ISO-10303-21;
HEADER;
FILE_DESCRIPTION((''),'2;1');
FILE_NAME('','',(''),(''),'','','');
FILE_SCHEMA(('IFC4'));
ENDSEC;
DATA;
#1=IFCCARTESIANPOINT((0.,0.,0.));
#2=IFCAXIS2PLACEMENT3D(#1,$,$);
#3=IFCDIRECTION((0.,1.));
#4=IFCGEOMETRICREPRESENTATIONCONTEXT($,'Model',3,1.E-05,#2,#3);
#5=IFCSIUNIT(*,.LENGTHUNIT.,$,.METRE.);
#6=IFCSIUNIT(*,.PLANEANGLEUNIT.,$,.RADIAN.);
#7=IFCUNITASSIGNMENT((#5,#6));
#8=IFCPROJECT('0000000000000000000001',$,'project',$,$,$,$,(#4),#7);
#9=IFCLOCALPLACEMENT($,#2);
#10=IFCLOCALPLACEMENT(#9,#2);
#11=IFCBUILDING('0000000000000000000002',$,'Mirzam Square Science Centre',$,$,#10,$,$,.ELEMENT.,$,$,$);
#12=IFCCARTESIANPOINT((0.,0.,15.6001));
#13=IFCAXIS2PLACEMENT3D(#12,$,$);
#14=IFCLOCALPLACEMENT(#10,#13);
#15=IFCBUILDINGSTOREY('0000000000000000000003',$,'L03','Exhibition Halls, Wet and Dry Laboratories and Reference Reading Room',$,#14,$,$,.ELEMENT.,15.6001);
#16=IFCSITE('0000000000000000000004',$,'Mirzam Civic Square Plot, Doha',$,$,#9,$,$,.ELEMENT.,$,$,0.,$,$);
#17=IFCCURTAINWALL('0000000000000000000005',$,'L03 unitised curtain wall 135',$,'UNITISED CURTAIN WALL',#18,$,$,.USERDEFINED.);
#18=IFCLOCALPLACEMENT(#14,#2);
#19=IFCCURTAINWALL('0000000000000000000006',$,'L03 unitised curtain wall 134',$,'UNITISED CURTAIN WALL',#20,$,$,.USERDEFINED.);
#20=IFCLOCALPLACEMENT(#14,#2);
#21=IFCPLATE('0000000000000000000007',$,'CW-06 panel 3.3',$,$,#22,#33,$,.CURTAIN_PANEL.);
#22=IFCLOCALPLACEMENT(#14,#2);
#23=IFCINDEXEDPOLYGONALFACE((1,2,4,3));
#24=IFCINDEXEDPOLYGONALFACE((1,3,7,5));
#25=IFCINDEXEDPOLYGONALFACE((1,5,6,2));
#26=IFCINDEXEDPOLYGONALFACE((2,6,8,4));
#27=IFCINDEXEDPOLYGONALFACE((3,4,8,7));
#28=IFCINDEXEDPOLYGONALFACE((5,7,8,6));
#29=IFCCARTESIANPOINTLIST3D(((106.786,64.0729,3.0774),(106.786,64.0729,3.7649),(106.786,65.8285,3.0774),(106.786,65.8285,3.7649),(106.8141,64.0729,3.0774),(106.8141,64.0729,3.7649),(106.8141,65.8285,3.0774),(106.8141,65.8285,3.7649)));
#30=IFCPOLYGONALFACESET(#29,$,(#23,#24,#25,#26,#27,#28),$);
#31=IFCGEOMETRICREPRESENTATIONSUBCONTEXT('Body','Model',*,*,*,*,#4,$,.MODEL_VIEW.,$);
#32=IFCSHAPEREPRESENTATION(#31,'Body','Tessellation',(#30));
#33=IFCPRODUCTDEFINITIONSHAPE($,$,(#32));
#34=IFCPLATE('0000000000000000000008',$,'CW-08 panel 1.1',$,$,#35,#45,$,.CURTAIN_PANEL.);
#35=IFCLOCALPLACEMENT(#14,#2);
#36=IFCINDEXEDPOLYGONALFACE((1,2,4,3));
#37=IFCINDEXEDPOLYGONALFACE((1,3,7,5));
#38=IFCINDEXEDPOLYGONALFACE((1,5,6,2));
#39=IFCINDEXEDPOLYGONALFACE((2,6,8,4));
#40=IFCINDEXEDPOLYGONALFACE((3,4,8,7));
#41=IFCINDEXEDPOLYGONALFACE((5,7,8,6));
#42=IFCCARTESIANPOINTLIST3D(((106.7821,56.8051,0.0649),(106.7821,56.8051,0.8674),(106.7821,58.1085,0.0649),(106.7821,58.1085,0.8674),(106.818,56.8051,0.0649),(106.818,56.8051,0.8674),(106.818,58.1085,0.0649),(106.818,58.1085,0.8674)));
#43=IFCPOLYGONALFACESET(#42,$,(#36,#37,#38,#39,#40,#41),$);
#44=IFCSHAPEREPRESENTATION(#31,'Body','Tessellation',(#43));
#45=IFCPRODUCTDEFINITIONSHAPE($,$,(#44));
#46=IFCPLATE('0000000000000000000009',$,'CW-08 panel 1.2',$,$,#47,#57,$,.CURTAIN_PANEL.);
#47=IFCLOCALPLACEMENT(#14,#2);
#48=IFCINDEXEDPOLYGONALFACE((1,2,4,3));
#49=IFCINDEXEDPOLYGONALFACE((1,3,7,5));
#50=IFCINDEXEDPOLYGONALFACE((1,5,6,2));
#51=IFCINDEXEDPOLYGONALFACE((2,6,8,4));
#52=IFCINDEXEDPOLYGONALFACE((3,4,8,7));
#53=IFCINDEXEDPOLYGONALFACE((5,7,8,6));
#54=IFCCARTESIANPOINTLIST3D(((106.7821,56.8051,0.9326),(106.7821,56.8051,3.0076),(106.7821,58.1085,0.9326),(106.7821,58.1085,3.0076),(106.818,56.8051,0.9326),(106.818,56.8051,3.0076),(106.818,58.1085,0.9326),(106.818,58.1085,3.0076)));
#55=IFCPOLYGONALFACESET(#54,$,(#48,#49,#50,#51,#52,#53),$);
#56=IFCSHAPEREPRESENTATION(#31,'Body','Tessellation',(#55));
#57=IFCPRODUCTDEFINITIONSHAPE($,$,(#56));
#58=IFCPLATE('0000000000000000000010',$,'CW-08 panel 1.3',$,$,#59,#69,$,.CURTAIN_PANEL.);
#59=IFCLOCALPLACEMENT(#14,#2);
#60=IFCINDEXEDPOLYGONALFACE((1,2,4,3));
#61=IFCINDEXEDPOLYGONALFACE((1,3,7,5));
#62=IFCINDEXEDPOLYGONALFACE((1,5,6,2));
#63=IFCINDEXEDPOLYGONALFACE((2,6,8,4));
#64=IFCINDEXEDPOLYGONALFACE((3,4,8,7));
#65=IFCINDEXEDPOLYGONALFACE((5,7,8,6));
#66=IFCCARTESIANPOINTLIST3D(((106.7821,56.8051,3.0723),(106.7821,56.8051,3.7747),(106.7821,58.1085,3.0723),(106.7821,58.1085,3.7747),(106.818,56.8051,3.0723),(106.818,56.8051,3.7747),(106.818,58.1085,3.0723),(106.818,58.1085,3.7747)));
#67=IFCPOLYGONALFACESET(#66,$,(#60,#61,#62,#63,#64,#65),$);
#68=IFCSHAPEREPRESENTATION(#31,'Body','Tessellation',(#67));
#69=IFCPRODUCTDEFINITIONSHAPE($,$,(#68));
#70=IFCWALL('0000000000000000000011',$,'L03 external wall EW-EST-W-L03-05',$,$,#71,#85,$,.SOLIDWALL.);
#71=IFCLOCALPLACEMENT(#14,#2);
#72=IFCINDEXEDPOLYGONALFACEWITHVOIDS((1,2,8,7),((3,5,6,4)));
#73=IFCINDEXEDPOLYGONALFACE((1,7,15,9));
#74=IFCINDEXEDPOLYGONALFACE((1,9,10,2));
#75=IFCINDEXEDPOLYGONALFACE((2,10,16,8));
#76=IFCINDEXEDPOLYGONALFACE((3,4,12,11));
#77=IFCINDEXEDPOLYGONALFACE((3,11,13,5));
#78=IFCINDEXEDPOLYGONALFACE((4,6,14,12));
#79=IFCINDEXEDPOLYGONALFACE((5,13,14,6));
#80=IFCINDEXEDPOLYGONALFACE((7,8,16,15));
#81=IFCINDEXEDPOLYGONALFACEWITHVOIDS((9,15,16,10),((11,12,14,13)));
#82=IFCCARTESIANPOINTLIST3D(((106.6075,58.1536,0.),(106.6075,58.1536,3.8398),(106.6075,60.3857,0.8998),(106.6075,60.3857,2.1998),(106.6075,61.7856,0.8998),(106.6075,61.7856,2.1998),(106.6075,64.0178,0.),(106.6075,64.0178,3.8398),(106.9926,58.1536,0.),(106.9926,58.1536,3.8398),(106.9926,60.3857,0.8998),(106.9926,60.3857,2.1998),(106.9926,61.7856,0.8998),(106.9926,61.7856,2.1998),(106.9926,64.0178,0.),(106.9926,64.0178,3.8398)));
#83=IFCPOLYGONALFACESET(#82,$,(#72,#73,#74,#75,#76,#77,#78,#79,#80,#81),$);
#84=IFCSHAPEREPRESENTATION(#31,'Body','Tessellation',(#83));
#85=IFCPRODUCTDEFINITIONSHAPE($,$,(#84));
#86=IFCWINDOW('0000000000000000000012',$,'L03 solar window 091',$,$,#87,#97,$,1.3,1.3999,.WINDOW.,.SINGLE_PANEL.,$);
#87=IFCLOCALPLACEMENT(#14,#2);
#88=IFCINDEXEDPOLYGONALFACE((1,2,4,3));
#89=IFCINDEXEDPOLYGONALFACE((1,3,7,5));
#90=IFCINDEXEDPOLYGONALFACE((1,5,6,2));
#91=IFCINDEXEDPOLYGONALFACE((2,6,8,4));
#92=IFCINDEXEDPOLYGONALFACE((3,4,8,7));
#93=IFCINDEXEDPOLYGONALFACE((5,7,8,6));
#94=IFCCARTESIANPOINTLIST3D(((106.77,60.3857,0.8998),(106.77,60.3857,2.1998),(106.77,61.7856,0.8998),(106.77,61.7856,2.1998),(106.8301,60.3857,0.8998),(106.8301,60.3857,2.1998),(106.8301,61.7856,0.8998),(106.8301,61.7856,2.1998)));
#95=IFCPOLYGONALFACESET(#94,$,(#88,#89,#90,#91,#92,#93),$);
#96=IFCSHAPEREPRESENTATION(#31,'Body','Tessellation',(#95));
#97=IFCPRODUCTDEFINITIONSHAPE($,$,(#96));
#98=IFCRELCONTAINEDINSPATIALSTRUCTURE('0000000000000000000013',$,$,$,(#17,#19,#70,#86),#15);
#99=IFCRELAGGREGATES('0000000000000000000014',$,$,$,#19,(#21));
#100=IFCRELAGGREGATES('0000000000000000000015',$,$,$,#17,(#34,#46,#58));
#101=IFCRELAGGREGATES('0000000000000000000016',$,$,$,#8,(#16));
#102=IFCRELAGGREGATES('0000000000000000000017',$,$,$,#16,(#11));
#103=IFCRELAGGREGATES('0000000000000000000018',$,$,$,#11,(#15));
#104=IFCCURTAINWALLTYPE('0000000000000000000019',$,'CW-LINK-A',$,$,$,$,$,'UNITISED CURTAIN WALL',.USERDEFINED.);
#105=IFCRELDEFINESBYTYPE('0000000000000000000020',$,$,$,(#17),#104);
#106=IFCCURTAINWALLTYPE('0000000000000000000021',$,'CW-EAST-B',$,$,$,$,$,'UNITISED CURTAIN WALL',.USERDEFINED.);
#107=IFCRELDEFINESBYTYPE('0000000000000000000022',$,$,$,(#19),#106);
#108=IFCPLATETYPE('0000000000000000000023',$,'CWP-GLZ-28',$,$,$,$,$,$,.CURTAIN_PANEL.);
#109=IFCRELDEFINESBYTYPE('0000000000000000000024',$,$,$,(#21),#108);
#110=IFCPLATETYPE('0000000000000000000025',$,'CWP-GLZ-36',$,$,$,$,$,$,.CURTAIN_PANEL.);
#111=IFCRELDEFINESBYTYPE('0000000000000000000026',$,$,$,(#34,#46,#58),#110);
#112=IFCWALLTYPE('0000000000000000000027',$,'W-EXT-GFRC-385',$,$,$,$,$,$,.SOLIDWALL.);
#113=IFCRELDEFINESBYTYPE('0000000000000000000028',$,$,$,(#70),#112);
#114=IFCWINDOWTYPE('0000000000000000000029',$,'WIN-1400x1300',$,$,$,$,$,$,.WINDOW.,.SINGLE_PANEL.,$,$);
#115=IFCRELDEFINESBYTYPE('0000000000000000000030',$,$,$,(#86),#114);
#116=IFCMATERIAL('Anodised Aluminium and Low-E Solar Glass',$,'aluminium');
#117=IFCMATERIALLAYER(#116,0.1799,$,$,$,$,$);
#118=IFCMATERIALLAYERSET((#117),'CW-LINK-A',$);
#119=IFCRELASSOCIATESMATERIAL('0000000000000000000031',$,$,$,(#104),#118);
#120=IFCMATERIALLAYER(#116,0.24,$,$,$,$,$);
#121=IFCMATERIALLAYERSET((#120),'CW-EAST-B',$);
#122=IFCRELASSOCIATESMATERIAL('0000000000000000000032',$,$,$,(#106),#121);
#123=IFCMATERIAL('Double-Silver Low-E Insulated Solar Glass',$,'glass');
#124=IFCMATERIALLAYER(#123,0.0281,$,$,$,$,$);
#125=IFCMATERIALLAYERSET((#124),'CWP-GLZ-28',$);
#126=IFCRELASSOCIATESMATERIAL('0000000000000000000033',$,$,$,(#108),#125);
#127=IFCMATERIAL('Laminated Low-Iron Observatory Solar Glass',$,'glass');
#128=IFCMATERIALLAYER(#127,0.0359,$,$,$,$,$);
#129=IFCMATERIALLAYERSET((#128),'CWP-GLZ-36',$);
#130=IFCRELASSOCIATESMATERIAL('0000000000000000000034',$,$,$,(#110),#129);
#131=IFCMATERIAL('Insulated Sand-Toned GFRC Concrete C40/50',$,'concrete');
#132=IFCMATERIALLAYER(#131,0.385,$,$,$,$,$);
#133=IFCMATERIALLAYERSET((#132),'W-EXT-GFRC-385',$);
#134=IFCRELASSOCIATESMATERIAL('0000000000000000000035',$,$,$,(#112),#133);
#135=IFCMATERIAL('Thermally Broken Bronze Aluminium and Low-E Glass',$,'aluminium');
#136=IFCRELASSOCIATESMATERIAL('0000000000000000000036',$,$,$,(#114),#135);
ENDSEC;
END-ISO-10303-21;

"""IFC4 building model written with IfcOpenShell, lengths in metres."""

from ifc_helpers import new_model, si_unit, direction, frame, frame_2d, origin, origin_2d, place, context, subcontext, project, spatial, rectangle, extrude, material, layer, layer_set, type_object, element, fill, aggregate, save


model = new_model("IFC4")

# Units and contexts
model_context = context("Model", 3, precision=1e-05, world=origin(), true_north=direction((0.0, 1.0)))
body_context = subcontext(model_context, "Body", "Model", "MODEL_VIEW")
ifc_project = project(units=[si_unit("LENGTHUNIT", "METRE"), si_unit("PLANEANGLEUNIT", "RADIAN")], contexts=[model_context])

# Site, building, storey
site_placement = place(None, origin())
site = spatial("IfcSite", under=ifc_project, at=site_placement, Name="Mirzam Civic Square Plot, Doha", CompositionType="ELEMENT", RefElevation=0.0)
building_placement = place(site_placement, origin())
building = spatial("IfcBuilding", under=site, at=building_placement, Name="Mirzam Square Science Centre", CompositionType="ELEMENT")
storey_placement = place(building_placement, frame((0.0, 0.0, 15.6001)))
storey = spatial("IfcBuildingStorey", under=building, at=storey_placement, Name="L03", Description="Exhibition Halls, Wet and Dry Laboratories and Reference Reading Room", CompositionType="ELEMENT", Elevation=15.6001)

# Curtain wall
ifc_material_1 = material(Name="Anodised Aluminium and Low-E Solar Glass", Category="aluminium")
ifc_layer_1 = layer(ifc_material_1, 0.1799)
ifc_layer_set_1 = layer_set([ifc_layer_1], Name="CW-LINK-A")
curtain_wall_type_1 = type_object("IfcCurtainWallType", Name="CW-LINK-A", ElementType="UNITISED CURTAIN WALL", PredefinedType="USERDEFINED", material=ifc_layer_set_1)
curtain_wall_1_placement = place(storey_placement, origin())
curtain_wall_1 = element("IfcCurtainWall", 1, at=curtain_wall_1_placement, inside=storey, type_object=curtain_wall_type_1, Name="L03 unitised curtain wall 135", ObjectType="UNITISED CURTAIN WALL", PredefinedType="USERDEFINED")

# Curtain wall
ifc_layer_2 = layer(ifc_material_1, 0.24)
ifc_layer_set_2 = layer_set([ifc_layer_2], Name="CW-EAST-B")
curtain_wall_type_2 = type_object("IfcCurtainWallType", Name="CW-EAST-B", ElementType="UNITISED CURTAIN WALL", PredefinedType="USERDEFINED", material=ifc_layer_set_2)
curtain_wall_2_placement = place(storey_placement, origin())
curtain_wall_2 = element("IfcCurtainWall", 2, at=curtain_wall_2_placement, inside=storey, type_object=curtain_wall_type_2, Name="L03 unitised curtain wall 134", ObjectType="UNITISED CURTAIN WALL", PredefinedType="USERDEFINED")

# Plates
ifc_material_2 = material(Name="Double-Silver Low-E Insulated Solar Glass", Category="glass")
ifc_layer_3 = layer(ifc_material_2, 0.0281)
ifc_layer_set_3 = layer_set([ifc_layer_3], Name="CWP-GLZ-28")
plate_type_1 = type_object("IfcPlateType", Name="CWP-GLZ-28", PredefinedType="CURTAIN_PANEL", material=ifc_layer_set_3)
plate_1_placement = place(storey_placement, frame((106.8, 64.9507, 3.0774), z_axis=(0.0, 0.0, 1.0), x_axis=(0.0, -1.0, 0.0)))
plate_1 = element("IfcPlate", 3, at=plate_1_placement, type_object=plate_type_1, Name="CW-06 panel 3.3", PredefinedType="CURTAIN_PANEL", context=body_context, shape_type="SweptSolid", body=[
    extrude(rectangle(XDim=1.7556, YDim=0.0281, at=origin_2d()), origin(), (0.0, 0.0, 1.0), 0.6875),
])
aggregate(curtain_wall_2, [plate_1])
ifc_material_3 = material(Name="Laminated Low-Iron Observatory Solar Glass", Category="glass")
ifc_layer_4 = layer(ifc_material_3, 0.0359)
ifc_layer_set_4 = layer_set([ifc_layer_4], Name="CWP-GLZ-36")
plate_type_2 = type_object("IfcPlateType", Name="CWP-GLZ-36", PredefinedType="CURTAIN_PANEL", material=ifc_layer_set_4)
plate_2_placement = place(storey_placement, frame((106.8, 57.4568, 0.0649), z_axis=(0.0, 0.0, 1.0), x_axis=(0.0, -1.0, 0.0)))
plate_2 = element("IfcPlate", 4, at=plate_2_placement, type_object=plate_type_2, Name="CW-08 panel 1.1", PredefinedType="CURTAIN_PANEL", context=body_context, shape_type="SweptSolid", body=[
    extrude(rectangle(XDim=1.3035, YDim=0.0359, at=origin_2d()), origin(), (0.0, 0.0, 1.0), 0.8025),
])
plate_3_placement = place(storey_placement, frame((106.8, 57.4568, 0.9326), z_axis=(0.0, 0.0, 1.0), x_axis=(0.0, -1.0, 0.0)))
plate_3 = element("IfcPlate", 5, at=plate_3_placement, type_object=plate_type_2, Name="CW-08 panel 1.2", PredefinedType="CURTAIN_PANEL", context=body_context, shape_type="SweptSolid", body=[
    extrude(rectangle(XDim=1.3035, YDim=0.0359, at=origin_2d()), origin(), (0.0, 0.0, 1.0), 2.075),
])
plate_4_placement = place(storey_placement, frame((106.8, 57.4568, 3.0723), z_axis=(0.0, 0.0, 1.0), x_axis=(0.0, -1.0, 0.0)))
plate_4 = element("IfcPlate", 6, at=plate_4_placement, type_object=plate_type_2, Name="CW-08 panel 1.3", PredefinedType="CURTAIN_PANEL", context=body_context, shape_type="SweptSolid", body=[
    extrude(rectangle(XDim=1.3035, YDim=0.0359, at=origin_2d()), origin(), (0.0, 0.0, 1.0), 0.7024),
])
aggregate(curtain_wall_1, [plate_2, plate_3, plate_4])

# Wall, opening, window
ifc_material_4 = material(Name="Insulated Sand-Toned GFRC Concrete C40/50", Category="concrete")
ifc_layer_5 = layer(ifc_material_4, 0.385)
ifc_layer_set_5 = layer_set([ifc_layer_5], Name="W-EXT-GFRC-385")
wall_type = type_object("IfcWallType", Name="W-EXT-GFRC-385", PredefinedType="SOLIDWALL", material=ifc_layer_set_5)
wall_placement = place(storey_placement, frame((106.8, 64.0178, 0.0), z_axis=(0.0, 0.0, 1.0), x_axis=(0.0, -1.0, 0.0)))
wall = element("IfcWall", 7, at=wall_placement, inside=storey, type_object=wall_type, Name="L03 external wall EW-EST-W-L03-05", PredefinedType="SOLIDWALL", context=body_context, shape_type="SweptSolid", body=[
    extrude(rectangle(XDim=5.8643, YDim=0.385, at=frame_2d((2.9321, 0.0))), origin(), (0.0, 0.0, 1.0), 3.8398),
])
opening_placement = place(wall_placement, frame((2.2322, 0.0, 0.8999)))
opening = element("IfcOpeningElement", 8, at=opening_placement, cuts=wall, PredefinedType="OPENING", context=body_context, shape_type="SweptSolid", body=[
    extrude(rectangle(XDim=1.3999, YDim=1.3, at=frame_2d((0.7, 0.6499))), frame((0.0, 0.2024, 0.0), z_axis=(0.0, -1.0, 0.0), x_axis=(1.0, 0.0, 0.0)), (0.0, 0.0, 1.0), 0.405),
])
ifc_material_5 = material(Name="Thermally Broken Bronze Aluminium and Low-E Glass", Category="aluminium")
window_type = type_object("IfcWindowType", Name="WIN-1400x1300", PartitioningType="SINGLE_PANEL", PredefinedType="WINDOW", material=ifc_material_5)
window_placement = place(opening_placement, origin())
window = element("IfcWindow", 9, at=window_placement, inside=storey, type_object=window_type, Name="L03 solar window 091", OverallHeight=1.3, OverallWidth=1.3999, PartitioningType="SINGLE_PANEL", PredefinedType="WINDOW", context=body_context, shape_type="SweptSolid", body=[
    extrude(rectangle(XDim=1.3999, YDim=1.3, at=frame_2d((0.7, 0.6499))), frame((0.0, 0.03, 0.0), z_axis=(0.0, -1.0, 0.0), x_axis=(1.0, 0.0, 0.0)), (0.0, 0.0, 1.0), 0.0601),
])
fill(opening, window)

save(model, "model.ifc")
